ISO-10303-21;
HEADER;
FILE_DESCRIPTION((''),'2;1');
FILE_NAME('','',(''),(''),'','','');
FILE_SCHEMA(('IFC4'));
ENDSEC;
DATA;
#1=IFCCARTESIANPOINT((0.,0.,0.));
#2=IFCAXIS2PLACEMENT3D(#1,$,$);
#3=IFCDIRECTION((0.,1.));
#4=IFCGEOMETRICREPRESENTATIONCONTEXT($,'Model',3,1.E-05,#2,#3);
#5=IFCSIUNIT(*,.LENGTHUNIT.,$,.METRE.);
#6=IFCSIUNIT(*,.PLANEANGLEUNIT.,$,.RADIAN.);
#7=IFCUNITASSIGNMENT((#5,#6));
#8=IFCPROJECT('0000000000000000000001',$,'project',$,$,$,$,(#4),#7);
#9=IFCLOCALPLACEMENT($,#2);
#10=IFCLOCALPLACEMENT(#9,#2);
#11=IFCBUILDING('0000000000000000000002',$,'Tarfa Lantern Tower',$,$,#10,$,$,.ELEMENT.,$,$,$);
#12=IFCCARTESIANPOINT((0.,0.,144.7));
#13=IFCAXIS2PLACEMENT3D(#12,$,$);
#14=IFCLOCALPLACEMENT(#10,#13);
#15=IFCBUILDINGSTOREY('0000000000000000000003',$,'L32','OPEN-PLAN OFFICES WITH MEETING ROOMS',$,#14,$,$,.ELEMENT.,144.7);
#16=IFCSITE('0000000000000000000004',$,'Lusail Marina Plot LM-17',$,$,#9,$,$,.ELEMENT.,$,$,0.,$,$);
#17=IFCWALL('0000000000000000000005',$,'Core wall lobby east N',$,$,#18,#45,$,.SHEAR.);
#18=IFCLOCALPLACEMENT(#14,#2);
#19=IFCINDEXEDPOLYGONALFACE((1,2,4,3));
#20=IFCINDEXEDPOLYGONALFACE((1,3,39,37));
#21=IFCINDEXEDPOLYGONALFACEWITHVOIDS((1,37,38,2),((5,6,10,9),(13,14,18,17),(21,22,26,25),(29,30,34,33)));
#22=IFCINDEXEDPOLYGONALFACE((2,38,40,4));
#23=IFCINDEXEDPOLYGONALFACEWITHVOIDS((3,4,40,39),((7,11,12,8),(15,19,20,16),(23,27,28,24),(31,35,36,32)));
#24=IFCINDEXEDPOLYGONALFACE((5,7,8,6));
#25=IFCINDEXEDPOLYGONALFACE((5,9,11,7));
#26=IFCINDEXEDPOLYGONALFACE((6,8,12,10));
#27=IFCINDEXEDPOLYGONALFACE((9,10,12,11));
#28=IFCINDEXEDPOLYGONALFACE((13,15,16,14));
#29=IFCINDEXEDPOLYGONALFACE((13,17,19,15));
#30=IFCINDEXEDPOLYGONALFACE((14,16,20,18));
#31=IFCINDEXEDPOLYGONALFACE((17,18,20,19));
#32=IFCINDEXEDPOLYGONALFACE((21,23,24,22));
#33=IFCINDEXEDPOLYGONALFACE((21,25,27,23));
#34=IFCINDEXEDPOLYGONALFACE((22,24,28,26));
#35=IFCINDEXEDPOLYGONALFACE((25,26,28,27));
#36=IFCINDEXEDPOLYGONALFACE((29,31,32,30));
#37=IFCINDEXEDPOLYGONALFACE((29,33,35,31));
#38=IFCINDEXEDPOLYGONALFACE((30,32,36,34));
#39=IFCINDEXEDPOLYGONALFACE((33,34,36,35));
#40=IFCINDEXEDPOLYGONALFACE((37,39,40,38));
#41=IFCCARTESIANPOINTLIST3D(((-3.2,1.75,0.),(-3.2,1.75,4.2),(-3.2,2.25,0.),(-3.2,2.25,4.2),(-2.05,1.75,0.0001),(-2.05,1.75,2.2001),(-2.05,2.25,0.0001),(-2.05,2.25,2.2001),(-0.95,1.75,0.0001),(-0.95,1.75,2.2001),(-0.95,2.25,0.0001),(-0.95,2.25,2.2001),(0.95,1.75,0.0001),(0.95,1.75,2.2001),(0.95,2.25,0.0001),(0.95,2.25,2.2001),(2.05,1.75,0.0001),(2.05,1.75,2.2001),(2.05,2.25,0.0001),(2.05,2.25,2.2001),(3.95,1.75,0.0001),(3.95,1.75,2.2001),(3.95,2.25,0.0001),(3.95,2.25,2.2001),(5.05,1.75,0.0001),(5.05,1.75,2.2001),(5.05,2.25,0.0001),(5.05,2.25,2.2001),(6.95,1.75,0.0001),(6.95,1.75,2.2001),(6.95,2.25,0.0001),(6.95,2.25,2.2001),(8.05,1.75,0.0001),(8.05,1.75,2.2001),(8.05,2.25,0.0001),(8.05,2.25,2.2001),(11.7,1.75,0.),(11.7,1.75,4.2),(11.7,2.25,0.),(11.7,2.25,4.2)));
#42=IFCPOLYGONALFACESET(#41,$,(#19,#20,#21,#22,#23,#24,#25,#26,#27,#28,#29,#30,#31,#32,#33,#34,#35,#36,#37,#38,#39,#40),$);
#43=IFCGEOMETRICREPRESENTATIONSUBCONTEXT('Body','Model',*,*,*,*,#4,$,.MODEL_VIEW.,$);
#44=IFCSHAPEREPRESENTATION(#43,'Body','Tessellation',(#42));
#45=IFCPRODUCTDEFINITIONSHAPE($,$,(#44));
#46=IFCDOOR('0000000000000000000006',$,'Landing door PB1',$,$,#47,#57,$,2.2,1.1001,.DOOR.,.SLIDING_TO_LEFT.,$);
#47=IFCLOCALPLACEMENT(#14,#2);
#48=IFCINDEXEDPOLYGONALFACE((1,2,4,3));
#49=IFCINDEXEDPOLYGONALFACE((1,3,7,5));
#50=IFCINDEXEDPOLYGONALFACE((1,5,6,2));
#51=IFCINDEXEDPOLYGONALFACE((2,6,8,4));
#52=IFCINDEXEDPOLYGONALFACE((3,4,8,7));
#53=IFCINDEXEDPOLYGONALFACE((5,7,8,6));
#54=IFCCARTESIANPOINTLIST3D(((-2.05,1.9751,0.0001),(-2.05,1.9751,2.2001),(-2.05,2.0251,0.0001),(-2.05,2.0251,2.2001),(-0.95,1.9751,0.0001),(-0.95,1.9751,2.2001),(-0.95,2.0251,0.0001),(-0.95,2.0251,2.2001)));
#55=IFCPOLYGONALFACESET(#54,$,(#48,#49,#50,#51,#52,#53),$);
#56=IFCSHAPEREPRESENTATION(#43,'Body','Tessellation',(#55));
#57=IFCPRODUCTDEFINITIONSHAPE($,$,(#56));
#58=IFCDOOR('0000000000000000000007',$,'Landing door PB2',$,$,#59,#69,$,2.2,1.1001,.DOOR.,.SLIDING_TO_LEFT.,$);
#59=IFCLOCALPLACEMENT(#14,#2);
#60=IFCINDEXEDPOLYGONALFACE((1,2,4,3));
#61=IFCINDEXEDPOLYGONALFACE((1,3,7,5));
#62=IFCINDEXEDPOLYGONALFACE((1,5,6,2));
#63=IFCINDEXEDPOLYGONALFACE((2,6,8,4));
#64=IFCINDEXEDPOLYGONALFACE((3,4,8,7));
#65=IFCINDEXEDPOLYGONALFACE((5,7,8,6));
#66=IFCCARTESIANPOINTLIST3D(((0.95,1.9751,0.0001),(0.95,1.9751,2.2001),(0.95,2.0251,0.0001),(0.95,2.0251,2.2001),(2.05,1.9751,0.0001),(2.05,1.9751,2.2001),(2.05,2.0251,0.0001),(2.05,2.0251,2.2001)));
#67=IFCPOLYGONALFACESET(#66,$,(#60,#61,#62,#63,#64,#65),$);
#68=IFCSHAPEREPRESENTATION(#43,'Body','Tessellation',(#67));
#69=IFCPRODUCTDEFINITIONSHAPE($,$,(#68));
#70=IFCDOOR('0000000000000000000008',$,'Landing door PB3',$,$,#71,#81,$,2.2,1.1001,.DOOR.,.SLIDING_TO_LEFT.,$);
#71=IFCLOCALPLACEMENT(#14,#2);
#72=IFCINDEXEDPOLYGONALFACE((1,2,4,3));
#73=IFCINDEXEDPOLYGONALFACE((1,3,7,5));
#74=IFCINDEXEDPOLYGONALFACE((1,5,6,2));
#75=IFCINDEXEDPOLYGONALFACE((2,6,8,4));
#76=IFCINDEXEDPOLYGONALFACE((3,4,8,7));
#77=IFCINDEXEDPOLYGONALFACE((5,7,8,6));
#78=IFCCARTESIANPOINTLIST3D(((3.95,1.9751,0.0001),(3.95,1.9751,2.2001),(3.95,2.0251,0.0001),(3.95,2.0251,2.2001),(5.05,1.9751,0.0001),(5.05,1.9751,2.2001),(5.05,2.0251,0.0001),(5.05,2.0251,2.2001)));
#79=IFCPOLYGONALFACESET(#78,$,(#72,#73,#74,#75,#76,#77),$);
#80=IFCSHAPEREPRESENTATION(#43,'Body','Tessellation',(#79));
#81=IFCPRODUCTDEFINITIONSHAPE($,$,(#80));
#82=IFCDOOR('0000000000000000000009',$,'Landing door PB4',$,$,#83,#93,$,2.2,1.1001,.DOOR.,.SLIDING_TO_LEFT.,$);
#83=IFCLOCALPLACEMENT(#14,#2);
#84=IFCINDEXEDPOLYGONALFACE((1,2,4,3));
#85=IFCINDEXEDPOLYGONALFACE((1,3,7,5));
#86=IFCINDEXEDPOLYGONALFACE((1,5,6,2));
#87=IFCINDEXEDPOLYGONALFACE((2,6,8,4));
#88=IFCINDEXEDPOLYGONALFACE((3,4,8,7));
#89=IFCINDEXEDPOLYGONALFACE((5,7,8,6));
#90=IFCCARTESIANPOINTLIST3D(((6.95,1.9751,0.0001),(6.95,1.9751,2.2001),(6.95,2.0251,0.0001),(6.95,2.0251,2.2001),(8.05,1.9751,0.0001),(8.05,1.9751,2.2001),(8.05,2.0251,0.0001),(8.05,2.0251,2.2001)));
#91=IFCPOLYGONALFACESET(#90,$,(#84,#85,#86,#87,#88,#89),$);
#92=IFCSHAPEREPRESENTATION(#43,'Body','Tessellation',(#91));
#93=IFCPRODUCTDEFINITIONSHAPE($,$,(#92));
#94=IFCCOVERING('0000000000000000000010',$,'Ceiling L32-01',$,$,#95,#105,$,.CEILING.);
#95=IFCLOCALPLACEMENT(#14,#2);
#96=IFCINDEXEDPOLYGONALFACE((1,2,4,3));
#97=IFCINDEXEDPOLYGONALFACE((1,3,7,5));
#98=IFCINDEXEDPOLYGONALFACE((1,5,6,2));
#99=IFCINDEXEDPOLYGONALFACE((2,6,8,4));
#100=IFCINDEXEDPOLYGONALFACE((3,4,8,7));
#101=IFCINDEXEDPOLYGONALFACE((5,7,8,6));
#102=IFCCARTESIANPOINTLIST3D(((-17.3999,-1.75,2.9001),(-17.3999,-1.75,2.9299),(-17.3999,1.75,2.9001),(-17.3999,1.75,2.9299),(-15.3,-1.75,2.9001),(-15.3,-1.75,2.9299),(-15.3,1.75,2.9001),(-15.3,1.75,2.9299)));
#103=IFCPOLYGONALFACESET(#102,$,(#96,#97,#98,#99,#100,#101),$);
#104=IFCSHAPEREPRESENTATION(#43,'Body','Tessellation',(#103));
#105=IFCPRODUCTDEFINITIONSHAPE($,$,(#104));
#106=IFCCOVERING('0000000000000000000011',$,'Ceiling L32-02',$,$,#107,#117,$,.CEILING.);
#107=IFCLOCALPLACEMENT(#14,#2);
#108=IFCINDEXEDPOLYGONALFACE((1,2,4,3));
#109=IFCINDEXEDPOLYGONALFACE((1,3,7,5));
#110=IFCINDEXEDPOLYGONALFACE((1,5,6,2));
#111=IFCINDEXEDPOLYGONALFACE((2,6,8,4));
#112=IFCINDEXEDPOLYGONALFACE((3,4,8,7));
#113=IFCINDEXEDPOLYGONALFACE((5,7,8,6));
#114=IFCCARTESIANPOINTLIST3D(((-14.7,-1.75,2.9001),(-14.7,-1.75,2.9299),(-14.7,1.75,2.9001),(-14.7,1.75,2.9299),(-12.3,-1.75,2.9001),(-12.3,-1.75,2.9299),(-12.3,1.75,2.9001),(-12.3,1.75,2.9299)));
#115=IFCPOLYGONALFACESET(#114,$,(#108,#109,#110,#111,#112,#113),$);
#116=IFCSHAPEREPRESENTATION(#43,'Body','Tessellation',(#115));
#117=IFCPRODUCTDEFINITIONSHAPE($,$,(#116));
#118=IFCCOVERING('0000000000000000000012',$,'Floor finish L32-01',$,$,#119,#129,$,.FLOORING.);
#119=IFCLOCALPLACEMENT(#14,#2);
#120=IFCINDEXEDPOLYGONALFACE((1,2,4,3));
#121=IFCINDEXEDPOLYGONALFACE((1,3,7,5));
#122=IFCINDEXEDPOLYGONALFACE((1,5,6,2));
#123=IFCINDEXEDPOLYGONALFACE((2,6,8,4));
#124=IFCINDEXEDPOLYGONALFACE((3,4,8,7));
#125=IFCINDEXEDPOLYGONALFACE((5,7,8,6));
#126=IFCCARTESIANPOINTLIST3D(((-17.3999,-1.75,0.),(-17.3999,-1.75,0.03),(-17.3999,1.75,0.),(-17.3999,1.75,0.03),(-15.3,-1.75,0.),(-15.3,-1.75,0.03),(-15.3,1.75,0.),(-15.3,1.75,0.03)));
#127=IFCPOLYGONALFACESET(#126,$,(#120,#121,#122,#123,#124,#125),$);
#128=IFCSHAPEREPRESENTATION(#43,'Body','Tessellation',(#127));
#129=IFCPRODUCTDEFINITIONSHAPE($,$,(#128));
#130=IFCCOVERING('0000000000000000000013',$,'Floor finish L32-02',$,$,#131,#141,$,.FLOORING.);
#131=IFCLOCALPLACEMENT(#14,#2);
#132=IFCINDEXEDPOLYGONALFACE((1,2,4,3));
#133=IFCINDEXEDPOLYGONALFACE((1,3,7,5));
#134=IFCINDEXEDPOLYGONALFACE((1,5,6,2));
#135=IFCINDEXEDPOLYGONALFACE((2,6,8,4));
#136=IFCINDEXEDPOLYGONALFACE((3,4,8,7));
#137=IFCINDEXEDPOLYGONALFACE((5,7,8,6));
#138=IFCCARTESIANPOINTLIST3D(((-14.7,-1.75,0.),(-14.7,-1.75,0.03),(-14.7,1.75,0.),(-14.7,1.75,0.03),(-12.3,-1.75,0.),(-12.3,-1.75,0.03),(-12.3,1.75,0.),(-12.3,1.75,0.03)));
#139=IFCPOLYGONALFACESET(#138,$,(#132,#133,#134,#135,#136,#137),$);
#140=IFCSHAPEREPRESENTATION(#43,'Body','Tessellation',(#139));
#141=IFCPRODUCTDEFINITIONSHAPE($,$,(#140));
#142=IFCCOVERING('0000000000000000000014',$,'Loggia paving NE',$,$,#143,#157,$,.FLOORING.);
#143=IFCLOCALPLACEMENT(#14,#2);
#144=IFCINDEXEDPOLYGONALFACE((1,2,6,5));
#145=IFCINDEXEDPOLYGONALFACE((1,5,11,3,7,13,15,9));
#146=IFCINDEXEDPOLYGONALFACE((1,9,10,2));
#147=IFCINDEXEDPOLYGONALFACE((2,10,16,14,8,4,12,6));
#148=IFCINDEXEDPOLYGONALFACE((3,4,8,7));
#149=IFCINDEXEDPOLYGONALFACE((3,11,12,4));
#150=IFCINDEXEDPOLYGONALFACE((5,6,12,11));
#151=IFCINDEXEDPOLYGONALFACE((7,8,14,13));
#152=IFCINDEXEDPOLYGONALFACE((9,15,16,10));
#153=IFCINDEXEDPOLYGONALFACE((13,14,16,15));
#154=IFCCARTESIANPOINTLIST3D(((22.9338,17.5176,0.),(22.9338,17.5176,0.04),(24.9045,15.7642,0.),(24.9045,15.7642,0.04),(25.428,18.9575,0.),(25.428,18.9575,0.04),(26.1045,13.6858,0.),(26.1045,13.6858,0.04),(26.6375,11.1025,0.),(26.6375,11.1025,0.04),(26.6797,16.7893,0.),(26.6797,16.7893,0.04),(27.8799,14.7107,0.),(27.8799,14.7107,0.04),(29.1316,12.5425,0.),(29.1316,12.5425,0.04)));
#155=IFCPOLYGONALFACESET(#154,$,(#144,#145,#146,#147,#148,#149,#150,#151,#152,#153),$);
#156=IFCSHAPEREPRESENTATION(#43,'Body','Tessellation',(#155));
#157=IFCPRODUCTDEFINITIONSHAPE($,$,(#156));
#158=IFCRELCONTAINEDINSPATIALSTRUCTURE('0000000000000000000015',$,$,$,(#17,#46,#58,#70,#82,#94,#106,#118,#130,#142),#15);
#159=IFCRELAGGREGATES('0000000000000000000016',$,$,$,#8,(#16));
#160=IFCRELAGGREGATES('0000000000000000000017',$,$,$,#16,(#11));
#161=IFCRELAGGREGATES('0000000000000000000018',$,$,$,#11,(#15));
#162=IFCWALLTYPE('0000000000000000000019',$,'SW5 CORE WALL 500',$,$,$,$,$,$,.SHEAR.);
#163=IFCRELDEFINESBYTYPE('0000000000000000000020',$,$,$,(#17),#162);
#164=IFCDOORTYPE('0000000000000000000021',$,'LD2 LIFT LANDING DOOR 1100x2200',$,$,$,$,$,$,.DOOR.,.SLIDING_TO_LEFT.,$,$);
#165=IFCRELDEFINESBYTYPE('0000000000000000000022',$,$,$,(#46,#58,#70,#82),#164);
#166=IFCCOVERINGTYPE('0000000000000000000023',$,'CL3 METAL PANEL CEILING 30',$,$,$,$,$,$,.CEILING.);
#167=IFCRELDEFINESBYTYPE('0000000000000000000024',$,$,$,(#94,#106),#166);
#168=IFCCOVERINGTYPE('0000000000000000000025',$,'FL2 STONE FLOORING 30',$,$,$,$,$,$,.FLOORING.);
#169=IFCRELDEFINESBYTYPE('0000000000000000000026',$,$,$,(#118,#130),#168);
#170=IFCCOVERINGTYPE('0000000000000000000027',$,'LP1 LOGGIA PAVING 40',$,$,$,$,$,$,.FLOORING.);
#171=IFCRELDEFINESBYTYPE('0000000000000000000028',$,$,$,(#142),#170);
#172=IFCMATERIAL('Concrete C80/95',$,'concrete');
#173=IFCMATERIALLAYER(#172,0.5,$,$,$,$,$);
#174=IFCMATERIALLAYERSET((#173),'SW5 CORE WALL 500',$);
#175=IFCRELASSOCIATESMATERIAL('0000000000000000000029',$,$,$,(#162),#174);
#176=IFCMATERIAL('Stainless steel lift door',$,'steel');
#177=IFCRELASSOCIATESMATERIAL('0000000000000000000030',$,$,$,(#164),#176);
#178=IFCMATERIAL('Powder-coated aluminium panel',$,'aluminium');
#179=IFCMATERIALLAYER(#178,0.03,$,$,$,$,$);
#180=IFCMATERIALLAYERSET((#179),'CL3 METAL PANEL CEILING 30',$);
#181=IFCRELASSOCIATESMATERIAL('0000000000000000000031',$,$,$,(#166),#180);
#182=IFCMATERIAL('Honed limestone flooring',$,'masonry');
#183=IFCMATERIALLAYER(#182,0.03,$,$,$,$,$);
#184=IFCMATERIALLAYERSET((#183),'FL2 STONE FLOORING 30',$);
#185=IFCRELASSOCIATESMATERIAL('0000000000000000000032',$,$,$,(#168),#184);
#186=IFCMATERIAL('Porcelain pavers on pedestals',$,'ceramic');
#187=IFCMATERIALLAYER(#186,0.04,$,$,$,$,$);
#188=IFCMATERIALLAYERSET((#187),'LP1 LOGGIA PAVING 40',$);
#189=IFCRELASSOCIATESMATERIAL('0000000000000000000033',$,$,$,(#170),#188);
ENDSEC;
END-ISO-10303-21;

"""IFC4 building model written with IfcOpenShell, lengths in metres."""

from ifc_helpers import new_model, si_unit, direction, frame, frame_2d, origin, place, context, subcontext, project, spatial, polyline, rectangle, outline, extrude, material, layer, layer_set, type_object, element, fill, save


model = new_model("IFC4")

# Units and contexts
model_context = context("Model", 3, precision=1e-05, world=origin(), true_north=direction((0.0, 1.0)))
body_context = subcontext(model_context, "Body", "Model", "MODEL_VIEW")
ifc_project = project(units=[si_unit("LENGTHUNIT", "METRE"), si_unit("PLANEANGLEUNIT", "RADIAN")], contexts=[model_context])

# Site, building, storey
site_placement = place(None, origin())
site = spatial("IfcSite", under=ifc_project, at=site_placement, Name="Lusail Marina Plot LM-17", CompositionType="ELEMENT", RefElevation=0.0)
building_placement = place(site_placement, origin())
building = spatial("IfcBuilding", under=site, at=building_placement, Name="Tarfa Lantern Tower", CompositionType="ELEMENT")
storey_placement = place(building_placement, frame((0.0, 0.0, 144.7)))
storey = spatial("IfcBuildingStorey", under=building, at=storey_placement, Name="L32", Description="OPEN-PLAN OFFICES WITH MEETING ROOMS", CompositionType="ELEMENT", Elevation=144.7)

# Wall, openings, doors
ifc_material_1 = material(Name="Concrete C80/95", Category="concrete")
ifc_layer_1 = layer(ifc_material_1, 0.5)
ifc_layer_set_1 = layer_set([ifc_layer_1], Name="SW5 CORE WALL 500")
wall_type_1 = type_object("IfcWallType", Name="SW5 CORE WALL 500", PredefinedType="SHEAR", material=ifc_layer_set_1)
wall_1_placement = place(storey_placement, frame((-3.2, 2.0, 0.0), z_axis=(0.0, 0.0, 1.0), x_axis=(1.0, 0.0, 0.0)))
wall_1 = element("IfcWall", 1, at=wall_1_placement, inside=storey, type_object=wall_type_1, Name="Core wall lobby east N", PredefinedType="SHEAR", context=body_context, shape_type="SweptSolid", body=[
    extrude(rectangle(XDim=14.8999, YDim=0.5, at=frame_2d((7.45, 0.0))), origin(), (0.0, 0.0, 1.0), 4.2),
])
opening_1_placement = place(wall_1_placement, frame((1.1499, 0.0, 0.0)))
opening_1 = element("IfcOpeningElement", 2, at=opening_1_placement, cuts=wall_1, PredefinedType="OPENING", context=body_context, shape_type="SweptSolid", body=[
    extrude(rectangle(XDim=1.1001, YDim=2.2, at=frame_2d((0.55, 1.1001))), frame((0.0, 0.26, 0.0), z_axis=(0.0, -1.0, 0.0), x_axis=(1.0, 0.0, 0.0)), (0.0, 0.0, 1.0), 0.52),
])
opening_2_placement = place(wall_1_placement, frame((4.1499, 0.0, 0.0)))
opening_2 = element("IfcOpeningElement", 3, at=opening_2_placement, cuts=wall_1, PredefinedType="OPENING", context=body_context, shape_type="SweptSolid", body=[
    extrude(rectangle(XDim=1.1001, YDim=2.2, at=frame_2d((0.55, 1.1001))), frame((0.0, 0.26, 0.0), z_axis=(0.0, -1.0, 0.0), x_axis=(1.0, 0.0, 0.0)), (0.0, 0.0, 1.0), 0.52),
])
opening_3_placement = place(wall_1_placement, frame((7.1499, 0.0, 0.0)))
opening_3 = element("IfcOpeningElement", 4, at=opening_3_placement, cuts=wall_1, PredefinedType="OPENING", context=body_context, shape_type="SweptSolid", body=[
    extrude(rectangle(XDim=1.1001, YDim=2.2, at=frame_2d((0.55, 1.1001))), frame((0.0, 0.26, 0.0), z_axis=(0.0, -1.0, 0.0), x_axis=(1.0, 0.0, 0.0)), (0.0, 0.0, 1.0), 0.52),
])
opening_4_placement = place(wall_1_placement, frame((10.1499, 0.0, 0.0)))
opening_4 = element("IfcOpeningElement", 5, at=opening_4_placement, cuts=wall_1, PredefinedType="OPENING", context=body_context, shape_type="SweptSolid", body=[
    extrude(rectangle(XDim=1.1001, YDim=2.2, at=frame_2d((0.55, 1.1001))), frame((0.0, 0.26, 0.0), z_axis=(0.0, -1.0, 0.0), x_axis=(1.0, 0.0, 0.0)), (0.0, 0.0, 1.0), 0.52),
])
ifc_material_2 = material(Name="Stainless steel lift door", Category="steel")
door_type = type_object("IfcDoorType", Name="LD2 LIFT LANDING DOOR 1100x2200", OperationType="SLIDING_TO_LEFT", PredefinedType="DOOR", material=ifc_material_2)
door_1_placement = place(opening_1_placement, frame((1.1001, 0.0, 0.0), z_axis=(0.0, 0.0, 1.0), x_axis=(-1.0, 0.0, 0.0)))
door_1 = element("IfcDoor", 6, at=door_1_placement, inside=storey, type_object=door_type, Name="Landing door PB1", OperationType="SLIDING_TO_LEFT", OverallHeight=2.2, OverallWidth=1.1001, PredefinedType="DOOR", context=body_context, shape_type="SweptSolid", body=[
    extrude(rectangle(XDim=1.1001, YDim=2.2, at=frame_2d((0.55, 1.1001))), frame((0.0, 0.0249, 0.0), z_axis=(0.0, -1.0, 0.0), x_axis=(1.0, 0.0, 0.0)), (0.0, 0.0, 1.0), 0.05),
])
fill(opening_1, door_1)
door_2_placement = place(opening_2_placement, frame((1.1001, 0.0, 0.0), z_axis=(0.0, 0.0, 1.0), x_axis=(-1.0, 0.0, 0.0)))
door_2 = element("IfcDoor", 7, at=door_2_placement, inside=storey, type_object=door_type, Name="Landing door PB2", OperationType="SLIDING_TO_LEFT", OverallHeight=2.2, OverallWidth=1.1001, PredefinedType="DOOR", context=body_context, shape_type="SweptSolid", body=[
    extrude(rectangle(XDim=1.1001, YDim=2.2, at=frame_2d((0.55, 1.1001))), frame((0.0, 0.0249, 0.0), z_axis=(0.0, -1.0, 0.0), x_axis=(1.0, 0.0, 0.0)), (0.0, 0.0, 1.0), 0.05),
])
fill(opening_2, door_2)
door_3_placement = place(opening_3_placement, frame((1.1001, 0.0, 0.0), z_axis=(0.0, 0.0, 1.0), x_axis=(-1.0, 0.0, 0.0)))
door_3 = element("IfcDoor", 8, at=door_3_placement, inside=storey, type_object=door_type, Name="Landing door PB3", OperationType="SLIDING_TO_LEFT", OverallHeight=2.2, OverallWidth=1.1001, PredefinedType="DOOR", context=body_context, shape_type="SweptSolid", body=[
    extrude(rectangle(XDim=1.1001, YDim=2.2, at=frame_2d((0.55, 1.1001))), frame((0.0, 0.0249, 0.0), z_axis=(0.0, -1.0, 0.0), x_axis=(1.0, 0.0, 0.0)), (0.0, 0.0, 1.0), 0.05),
])
fill(opening_3, door_3)
door_4_placement = place(opening_4_placement, frame((1.1001, 0.0, 0.0), z_axis=(0.0, 0.0, 1.0), x_axis=(-1.0, 0.0, 0.0)))
door_4 = element("IfcDoor", 9, at=door_4_placement, inside=storey, type_object=door_type, Name="Landing door PB4", OperationType="SLIDING_TO_LEFT", OverallHeight=2.2, OverallWidth=1.1001, PredefinedType="DOOR", context=body_context, shape_type="SweptSolid", body=[
    extrude(rectangle(XDim=1.1001, YDim=2.2, at=frame_2d((0.55, 1.1001))), frame((0.0, 0.0249, 0.0), z_axis=(0.0, -1.0, 0.0), x_axis=(1.0, 0.0, 0.0)), (0.0, 0.0, 1.0), 0.05),
])
fill(opening_4, door_4)

# Coverings
ifc_material_3 = material(Name="Powder-coated aluminium panel", Category="aluminium")
ifc_layer_2 = layer(ifc_material_3, 0.03)
ifc_layer_set_2 = layer_set([ifc_layer_2], Name="CL3 METAL PANEL CEILING 30")
covering_type_1 = type_object("IfcCoveringType", Name="CL3 METAL PANEL CEILING 30", PredefinedType="CEILING", material=ifc_layer_set_2)
covering_1_placement = place(storey_placement, frame((0.0, 0.0, 2.9001)))
element("IfcCovering", 10, at=covering_1_placement, inside=storey, type_object=covering_type_1, Name="Ceiling L32-01", PredefinedType="CEILING", context=body_context, shape_type="SweptSolid", body=[
    extrude(outline(polyline([(-17.3999, -1.75), (-15.3, -1.75), (-15.3, 1.75), (-17.3999, 1.75), (-17.3999, -1.75)])), origin(), (0.0, 0.0, 1.0), 0.0298),
])
covering_2_placement = place(storey_placement, frame((0.0, 0.0, 2.9001)))
element("IfcCovering", 11, at=covering_2_placement, inside=storey, type_object=covering_type_1, Name="Ceiling L32-02", PredefinedType="CEILING", context=body_context, shape_type="SweptSolid", body=[
    extrude(outline(polyline([(-14.7, -1.75), (-12.3, -1.75), (-12.3, 1.75), (-14.7, 1.75), (-14.7, -1.75)])), origin(), (0.0, 0.0, 1.0), 0.0298),
])
ifc_material_4 = material(Name="Honed limestone flooring", Category="masonry")
ifc_layer_3 = layer(ifc_material_4, 0.03)
ifc_layer_set_3 = layer_set([ifc_layer_3], Name="FL2 STONE FLOORING 30")
covering_type_2 = type_object("IfcCoveringType", Name="FL2 STONE FLOORING 30", PredefinedType="FLOORING", material=ifc_layer_set_3)
covering_3_placement = place(storey_placement, origin())
element("IfcCovering", 12, at=covering_3_placement, inside=storey, type_object=covering_type_2, Name="Floor finish L32-01", PredefinedType="FLOORING", context=body_context, shape_type="SweptSolid", body=[
    extrude(outline(polyline([(-17.3999, -1.75), (-15.3, -1.75), (-15.3, 1.75), (-17.3999, 1.75), (-17.3999, -1.75)])), origin(), (0.0, 0.0, 1.0), 0.03),
])
covering_4_placement = place(storey_placement, origin())
element("IfcCovering", 13, at=covering_4_placement, inside=storey, type_object=covering_type_2, Name="Floor finish L32-02", PredefinedType="FLOORING", context=body_context, shape_type="SweptSolid", body=[
    extrude(outline(polyline([(-14.7, -1.75), (-12.3, -1.75), (-12.3, 1.75), (-14.7, 1.75), (-14.7, -1.75)])), origin(), (0.0, 0.0, 1.0), 0.03),
])
ifc_material_5 = material(Name="Porcelain pavers on pedestals", Category="ceramic")
ifc_layer_4 = layer(ifc_material_5, 0.04)
ifc_layer_set_4 = layer_set([ifc_layer_4], Name="LP1 LOGGIA PAVING 40")
covering_type_3 = type_object("IfcCoveringType", Name="LP1 LOGGIA PAVING 40", PredefinedType="FLOORING", material=ifc_layer_set_4)
covering_5_placement = place(storey_placement, origin())
element("IfcCovering", 14, at=covering_5_placement, inside=storey, type_object=covering_type_3, Name="Loggia paving NE", PredefinedType="FLOORING", context=body_context, shape_type="SweptSolid", body=[
    extrude(outline(polyline([(29.1316, 12.5425), (26.6375, 11.1025), (22.9338, 17.5176), (25.428, 18.9575), (26.6797, 16.7893), (24.9045, 15.7642), (26.1045, 13.6858), (27.8799, 14.7107), (29.1316, 12.5425)])), origin(), (0.0, 0.0, 1.0), 0.04),
])

save(model, "model.ifc")
